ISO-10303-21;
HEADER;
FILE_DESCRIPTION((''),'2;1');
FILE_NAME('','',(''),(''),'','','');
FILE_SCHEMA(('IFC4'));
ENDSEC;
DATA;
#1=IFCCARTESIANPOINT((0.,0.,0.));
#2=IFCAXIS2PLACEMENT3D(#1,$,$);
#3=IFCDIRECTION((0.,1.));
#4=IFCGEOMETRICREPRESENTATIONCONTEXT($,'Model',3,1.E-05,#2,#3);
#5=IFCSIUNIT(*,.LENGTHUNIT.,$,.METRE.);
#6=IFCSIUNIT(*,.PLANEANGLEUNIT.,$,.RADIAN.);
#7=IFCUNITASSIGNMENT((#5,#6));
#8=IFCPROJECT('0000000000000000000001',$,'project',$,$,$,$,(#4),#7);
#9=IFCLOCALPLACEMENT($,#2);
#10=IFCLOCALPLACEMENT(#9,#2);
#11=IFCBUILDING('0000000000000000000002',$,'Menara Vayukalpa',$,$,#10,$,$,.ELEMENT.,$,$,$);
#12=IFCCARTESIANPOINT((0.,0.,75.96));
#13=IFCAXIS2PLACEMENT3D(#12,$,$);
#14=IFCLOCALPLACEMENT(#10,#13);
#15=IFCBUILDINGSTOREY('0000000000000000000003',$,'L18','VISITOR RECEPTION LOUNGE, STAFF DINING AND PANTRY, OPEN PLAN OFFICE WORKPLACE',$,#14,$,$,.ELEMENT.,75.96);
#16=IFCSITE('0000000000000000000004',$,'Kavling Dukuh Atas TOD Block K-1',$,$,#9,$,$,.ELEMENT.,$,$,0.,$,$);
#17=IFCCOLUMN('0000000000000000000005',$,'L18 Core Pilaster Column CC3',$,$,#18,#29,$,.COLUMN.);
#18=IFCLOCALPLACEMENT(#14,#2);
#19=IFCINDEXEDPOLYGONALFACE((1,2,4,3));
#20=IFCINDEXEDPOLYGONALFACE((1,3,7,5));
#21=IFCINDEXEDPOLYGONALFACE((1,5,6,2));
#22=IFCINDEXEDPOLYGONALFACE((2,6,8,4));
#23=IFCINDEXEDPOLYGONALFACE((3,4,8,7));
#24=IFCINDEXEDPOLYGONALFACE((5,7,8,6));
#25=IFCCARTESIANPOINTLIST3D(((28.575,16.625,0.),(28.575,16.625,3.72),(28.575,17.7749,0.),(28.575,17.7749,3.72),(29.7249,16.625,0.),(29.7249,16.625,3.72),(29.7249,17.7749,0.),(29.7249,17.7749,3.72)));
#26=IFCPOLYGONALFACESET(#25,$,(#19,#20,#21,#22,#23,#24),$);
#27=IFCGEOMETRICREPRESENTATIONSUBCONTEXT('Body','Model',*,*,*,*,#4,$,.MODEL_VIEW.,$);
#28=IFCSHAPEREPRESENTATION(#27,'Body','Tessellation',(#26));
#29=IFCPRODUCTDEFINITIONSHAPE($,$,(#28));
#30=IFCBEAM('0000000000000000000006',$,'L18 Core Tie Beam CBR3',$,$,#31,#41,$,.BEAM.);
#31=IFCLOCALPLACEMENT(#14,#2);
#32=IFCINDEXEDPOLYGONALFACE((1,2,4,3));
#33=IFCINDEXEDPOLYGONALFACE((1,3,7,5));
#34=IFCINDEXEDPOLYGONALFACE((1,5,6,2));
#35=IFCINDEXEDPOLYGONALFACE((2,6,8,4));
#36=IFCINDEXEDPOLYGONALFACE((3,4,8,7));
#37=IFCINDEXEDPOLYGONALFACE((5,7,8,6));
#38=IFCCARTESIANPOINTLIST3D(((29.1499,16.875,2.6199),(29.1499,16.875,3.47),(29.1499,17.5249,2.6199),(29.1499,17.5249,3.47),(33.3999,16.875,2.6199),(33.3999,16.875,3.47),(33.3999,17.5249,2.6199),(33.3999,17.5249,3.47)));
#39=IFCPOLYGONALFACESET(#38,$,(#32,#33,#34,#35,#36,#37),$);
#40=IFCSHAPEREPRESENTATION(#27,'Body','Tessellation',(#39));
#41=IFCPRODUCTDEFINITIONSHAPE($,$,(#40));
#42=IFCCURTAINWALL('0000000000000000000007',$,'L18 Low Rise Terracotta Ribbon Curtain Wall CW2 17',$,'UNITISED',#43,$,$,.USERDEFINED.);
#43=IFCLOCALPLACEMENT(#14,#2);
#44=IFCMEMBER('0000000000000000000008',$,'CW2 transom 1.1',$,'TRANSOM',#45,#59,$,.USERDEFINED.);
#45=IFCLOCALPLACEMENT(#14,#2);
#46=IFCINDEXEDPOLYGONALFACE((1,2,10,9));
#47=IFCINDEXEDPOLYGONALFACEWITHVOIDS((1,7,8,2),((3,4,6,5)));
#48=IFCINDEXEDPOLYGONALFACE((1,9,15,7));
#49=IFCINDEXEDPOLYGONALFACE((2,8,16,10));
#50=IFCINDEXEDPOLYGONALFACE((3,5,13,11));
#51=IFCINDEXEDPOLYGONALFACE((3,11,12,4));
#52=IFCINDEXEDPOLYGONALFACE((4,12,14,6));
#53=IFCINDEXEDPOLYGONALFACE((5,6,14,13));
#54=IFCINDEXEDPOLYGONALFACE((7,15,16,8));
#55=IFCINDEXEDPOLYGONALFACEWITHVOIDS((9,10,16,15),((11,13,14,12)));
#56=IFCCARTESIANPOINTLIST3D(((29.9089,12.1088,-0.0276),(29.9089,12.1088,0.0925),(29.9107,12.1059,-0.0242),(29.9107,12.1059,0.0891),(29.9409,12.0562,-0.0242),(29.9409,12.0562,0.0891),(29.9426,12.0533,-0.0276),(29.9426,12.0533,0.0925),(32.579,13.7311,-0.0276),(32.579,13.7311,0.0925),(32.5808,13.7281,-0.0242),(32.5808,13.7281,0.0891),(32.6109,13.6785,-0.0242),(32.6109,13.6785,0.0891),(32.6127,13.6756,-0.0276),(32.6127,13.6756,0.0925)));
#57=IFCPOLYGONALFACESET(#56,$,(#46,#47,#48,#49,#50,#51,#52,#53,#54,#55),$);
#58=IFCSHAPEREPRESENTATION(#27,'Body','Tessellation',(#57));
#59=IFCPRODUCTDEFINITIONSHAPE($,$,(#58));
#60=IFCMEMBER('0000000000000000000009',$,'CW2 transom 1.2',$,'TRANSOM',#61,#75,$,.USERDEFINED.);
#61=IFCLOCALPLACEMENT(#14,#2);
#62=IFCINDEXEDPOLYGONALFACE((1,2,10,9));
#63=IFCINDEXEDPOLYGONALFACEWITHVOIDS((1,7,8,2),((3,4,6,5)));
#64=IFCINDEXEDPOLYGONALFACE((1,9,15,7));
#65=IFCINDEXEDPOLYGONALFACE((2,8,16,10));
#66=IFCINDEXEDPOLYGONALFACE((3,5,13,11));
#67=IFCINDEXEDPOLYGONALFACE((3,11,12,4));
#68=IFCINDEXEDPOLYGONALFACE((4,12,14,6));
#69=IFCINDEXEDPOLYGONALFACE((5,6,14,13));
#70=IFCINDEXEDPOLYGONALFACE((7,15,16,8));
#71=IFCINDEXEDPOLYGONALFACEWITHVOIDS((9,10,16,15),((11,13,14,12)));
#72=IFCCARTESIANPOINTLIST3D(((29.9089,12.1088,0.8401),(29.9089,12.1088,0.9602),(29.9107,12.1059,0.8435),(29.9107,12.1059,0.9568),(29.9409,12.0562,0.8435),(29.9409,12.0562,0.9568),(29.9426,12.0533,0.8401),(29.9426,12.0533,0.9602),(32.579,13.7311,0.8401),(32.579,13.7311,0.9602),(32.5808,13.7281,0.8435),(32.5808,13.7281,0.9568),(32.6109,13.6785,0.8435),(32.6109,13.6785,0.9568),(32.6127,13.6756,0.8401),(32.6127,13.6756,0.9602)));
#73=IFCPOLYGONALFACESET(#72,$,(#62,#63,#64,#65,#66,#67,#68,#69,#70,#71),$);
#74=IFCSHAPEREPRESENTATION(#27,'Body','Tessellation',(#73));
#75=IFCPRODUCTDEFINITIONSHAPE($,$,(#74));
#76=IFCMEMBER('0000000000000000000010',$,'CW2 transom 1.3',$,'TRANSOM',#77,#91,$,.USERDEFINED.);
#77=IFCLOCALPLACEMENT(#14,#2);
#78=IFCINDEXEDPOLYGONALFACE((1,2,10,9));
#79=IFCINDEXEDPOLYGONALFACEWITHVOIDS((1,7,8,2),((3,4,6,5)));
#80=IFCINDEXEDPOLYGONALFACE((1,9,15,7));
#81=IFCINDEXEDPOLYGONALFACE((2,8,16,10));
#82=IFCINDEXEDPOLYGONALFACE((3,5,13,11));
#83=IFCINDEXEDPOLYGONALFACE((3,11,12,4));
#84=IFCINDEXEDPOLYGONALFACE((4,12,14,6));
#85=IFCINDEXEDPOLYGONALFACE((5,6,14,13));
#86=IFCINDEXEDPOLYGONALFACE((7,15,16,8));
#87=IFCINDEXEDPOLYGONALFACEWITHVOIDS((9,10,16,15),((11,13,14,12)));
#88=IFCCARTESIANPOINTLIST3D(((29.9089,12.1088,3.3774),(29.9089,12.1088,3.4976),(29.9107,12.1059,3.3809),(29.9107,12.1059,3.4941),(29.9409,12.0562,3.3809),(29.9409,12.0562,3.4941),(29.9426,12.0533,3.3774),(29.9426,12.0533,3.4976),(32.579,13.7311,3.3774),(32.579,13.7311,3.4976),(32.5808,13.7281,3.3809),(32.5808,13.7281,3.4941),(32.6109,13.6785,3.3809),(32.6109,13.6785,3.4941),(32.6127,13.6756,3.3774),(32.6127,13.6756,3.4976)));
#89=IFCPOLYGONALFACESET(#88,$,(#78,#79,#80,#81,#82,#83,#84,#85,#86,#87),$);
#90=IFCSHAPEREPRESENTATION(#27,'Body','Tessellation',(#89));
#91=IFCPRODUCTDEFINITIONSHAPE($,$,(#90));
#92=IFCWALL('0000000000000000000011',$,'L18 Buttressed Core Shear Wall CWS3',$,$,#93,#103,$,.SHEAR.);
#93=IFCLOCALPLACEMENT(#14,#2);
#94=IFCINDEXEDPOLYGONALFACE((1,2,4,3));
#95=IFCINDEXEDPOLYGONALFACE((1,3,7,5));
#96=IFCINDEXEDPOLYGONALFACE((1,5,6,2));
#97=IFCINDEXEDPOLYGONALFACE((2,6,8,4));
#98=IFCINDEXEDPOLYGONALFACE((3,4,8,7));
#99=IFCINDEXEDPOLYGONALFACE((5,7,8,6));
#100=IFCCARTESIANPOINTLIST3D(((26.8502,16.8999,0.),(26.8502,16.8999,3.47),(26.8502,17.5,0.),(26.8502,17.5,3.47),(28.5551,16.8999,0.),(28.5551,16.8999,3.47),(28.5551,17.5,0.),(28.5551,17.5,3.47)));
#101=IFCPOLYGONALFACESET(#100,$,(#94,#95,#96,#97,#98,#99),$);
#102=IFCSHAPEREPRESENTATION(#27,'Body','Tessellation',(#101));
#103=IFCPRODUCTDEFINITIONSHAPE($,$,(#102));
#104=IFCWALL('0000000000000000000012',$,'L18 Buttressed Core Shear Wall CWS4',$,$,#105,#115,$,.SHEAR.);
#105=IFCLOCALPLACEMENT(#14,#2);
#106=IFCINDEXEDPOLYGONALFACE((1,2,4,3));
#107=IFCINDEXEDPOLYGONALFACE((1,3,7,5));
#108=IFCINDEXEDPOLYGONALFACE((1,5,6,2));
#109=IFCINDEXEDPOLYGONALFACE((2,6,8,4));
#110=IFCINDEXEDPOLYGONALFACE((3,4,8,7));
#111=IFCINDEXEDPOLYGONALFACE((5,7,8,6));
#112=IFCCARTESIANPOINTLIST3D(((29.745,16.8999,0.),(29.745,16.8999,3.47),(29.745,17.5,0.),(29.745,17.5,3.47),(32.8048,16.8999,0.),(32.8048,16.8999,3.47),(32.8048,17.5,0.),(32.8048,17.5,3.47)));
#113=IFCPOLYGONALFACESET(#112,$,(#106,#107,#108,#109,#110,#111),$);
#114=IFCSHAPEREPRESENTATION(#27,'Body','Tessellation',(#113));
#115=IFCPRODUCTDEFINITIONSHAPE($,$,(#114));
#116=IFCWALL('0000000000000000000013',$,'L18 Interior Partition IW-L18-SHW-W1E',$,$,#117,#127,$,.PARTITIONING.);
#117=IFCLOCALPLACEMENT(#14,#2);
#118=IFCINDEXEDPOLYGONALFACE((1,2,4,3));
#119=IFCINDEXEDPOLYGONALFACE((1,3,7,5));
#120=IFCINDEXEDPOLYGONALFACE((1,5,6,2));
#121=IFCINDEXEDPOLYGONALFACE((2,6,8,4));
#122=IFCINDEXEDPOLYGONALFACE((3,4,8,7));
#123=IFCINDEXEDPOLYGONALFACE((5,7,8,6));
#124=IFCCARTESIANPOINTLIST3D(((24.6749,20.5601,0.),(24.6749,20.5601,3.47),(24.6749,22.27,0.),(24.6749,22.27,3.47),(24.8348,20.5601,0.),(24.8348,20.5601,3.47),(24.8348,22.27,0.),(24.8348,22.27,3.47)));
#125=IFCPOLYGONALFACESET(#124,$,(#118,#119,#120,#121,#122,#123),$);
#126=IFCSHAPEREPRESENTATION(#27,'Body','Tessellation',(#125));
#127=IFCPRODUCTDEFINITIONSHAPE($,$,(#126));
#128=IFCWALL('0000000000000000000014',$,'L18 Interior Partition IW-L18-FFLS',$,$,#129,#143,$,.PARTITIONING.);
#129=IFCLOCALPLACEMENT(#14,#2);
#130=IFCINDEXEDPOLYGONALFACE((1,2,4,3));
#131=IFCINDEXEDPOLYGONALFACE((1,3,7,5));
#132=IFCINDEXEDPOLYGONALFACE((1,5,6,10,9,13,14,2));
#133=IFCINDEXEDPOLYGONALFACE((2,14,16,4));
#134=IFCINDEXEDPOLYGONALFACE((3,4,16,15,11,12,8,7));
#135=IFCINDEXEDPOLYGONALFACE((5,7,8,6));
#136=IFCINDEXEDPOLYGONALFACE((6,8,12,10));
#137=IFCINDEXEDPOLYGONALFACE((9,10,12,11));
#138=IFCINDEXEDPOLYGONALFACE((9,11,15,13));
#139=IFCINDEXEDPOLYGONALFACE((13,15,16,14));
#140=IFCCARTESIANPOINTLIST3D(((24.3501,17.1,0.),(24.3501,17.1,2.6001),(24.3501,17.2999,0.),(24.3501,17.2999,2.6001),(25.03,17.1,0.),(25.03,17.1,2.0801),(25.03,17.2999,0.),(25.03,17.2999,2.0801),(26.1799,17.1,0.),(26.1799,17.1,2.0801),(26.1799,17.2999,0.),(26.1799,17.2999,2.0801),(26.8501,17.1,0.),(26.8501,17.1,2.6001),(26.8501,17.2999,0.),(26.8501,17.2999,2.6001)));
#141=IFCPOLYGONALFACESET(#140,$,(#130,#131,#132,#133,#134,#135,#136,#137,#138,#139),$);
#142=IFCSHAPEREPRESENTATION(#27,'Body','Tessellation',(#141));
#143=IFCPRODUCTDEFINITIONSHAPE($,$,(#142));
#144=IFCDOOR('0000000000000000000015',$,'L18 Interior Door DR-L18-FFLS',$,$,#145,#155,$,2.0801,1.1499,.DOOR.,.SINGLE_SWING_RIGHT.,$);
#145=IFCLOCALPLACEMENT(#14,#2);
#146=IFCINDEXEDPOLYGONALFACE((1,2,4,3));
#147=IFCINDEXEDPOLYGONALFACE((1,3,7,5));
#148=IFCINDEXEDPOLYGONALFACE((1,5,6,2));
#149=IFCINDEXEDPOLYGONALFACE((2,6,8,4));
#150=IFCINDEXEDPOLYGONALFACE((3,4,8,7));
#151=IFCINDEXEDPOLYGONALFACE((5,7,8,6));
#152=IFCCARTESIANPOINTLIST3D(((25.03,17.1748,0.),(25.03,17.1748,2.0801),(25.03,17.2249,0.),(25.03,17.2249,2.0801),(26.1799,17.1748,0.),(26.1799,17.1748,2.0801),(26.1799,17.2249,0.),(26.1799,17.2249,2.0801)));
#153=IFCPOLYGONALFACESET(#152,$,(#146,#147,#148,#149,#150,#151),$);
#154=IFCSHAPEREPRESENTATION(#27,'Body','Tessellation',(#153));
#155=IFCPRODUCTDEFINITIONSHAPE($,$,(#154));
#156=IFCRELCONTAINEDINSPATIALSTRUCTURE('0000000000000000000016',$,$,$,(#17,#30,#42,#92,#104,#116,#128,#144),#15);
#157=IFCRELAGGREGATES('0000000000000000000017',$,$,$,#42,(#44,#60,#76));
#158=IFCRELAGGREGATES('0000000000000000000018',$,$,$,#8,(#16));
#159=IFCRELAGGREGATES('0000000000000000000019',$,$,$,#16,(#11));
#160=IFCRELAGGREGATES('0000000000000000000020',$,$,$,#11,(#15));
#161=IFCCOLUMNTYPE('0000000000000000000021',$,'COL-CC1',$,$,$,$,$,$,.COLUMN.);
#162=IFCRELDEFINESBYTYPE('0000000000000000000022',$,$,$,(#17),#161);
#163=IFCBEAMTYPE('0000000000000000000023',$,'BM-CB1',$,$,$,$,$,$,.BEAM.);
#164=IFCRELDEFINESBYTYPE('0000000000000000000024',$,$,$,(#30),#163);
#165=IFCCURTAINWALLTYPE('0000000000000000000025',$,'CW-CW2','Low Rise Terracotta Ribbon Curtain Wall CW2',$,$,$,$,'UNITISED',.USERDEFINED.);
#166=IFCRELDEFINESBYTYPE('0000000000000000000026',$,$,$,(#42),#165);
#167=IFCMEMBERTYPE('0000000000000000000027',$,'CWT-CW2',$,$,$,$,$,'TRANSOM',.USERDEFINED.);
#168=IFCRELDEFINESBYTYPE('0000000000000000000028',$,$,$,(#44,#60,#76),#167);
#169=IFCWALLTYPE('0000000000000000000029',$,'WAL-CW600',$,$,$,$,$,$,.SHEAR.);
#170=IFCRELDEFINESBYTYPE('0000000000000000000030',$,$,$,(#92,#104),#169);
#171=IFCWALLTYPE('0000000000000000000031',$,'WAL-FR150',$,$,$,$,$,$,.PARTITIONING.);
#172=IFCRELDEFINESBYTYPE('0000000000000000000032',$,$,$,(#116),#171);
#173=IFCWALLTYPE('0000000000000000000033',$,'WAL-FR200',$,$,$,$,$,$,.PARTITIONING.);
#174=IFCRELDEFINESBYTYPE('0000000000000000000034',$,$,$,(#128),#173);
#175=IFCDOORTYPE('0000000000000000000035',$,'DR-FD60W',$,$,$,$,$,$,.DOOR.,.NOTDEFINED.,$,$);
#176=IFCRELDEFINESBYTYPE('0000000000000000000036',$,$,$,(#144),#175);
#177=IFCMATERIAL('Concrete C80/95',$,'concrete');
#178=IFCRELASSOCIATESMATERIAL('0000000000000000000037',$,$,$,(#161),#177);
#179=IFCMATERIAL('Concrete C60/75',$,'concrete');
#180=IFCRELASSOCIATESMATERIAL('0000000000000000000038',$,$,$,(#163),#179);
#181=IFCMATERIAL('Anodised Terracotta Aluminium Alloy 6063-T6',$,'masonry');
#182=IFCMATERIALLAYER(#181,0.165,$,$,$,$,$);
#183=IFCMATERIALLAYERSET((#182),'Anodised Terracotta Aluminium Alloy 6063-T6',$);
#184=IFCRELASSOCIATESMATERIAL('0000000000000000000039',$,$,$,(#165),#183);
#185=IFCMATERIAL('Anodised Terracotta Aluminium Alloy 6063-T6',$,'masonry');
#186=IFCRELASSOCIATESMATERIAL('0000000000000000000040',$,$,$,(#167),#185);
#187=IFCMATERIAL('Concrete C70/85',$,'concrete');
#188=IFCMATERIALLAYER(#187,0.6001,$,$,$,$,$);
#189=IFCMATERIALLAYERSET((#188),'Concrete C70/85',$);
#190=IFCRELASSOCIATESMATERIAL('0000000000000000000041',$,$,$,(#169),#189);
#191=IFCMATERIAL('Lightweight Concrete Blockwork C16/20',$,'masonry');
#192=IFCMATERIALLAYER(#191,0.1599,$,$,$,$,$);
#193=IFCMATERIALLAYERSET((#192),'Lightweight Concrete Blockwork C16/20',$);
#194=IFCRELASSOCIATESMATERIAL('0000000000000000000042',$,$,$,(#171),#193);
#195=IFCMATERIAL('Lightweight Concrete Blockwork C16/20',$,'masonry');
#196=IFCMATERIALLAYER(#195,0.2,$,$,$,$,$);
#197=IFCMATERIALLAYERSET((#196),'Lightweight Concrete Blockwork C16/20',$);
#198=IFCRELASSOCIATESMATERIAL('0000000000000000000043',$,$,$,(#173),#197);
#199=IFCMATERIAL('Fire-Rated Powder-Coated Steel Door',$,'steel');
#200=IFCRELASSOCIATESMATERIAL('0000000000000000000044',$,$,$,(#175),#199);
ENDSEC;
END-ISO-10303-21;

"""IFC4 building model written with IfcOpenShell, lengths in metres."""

from ifc_helpers import new_model, si_unit, direction, frame, frame_2d, origin, origin_2d, place, context, subcontext, project, spatial, rectangle, hollow_rectangle, extrude, material, layer, layer_set, material_profile, profile_set, type_object, element, fill, aggregate, save


model = new_model("IFC4")

# Units and contexts
model_context = context("Model", 3, precision=1e-05, world=origin(), true_north=direction((0.0, 1.0)))
body_context = subcontext(model_context, "Body", "Model", "MODEL_VIEW")
ifc_project = project(units=[si_unit("LENGTHUNIT", "METRE"), si_unit("PLANEANGLEUNIT", "RADIAN")], contexts=[model_context])

# Site, building, storey
site_placement = place(None, origin())
site = spatial("IfcSite", under=ifc_project, at=site_placement, Name="Kavling Dukuh Atas TOD Block K-1", CompositionType="ELEMENT", RefElevation=0.0)
building_placement = place(site_placement, origin())
building = spatial("IfcBuilding", under=site, at=building_placement, Name="Menara Vayukalpa", CompositionType="ELEMENT")
storey_placement = place(building_placement, frame((0.0, 0.0, 75.96)))
storey = spatial("IfcBuildingStorey", under=building, at=storey_placement, Name="L18", Description="VISITOR RECEPTION LOUNGE, STAFF DINING AND PANTRY, OPEN PLAN OFFICE WORKPLACE", CompositionType="ELEMENT", Elevation=75.96)

# Column
ifc_material_1 = material(Name="Concrete C80/95", Category="concrete")
ifc_material_profile_1 = material_profile(ifc_material_1, rectangle(XDim=1.1499, YDim=1.1499, at=origin_2d()), Name="RC 1150x1150")
ifc_profile_set_1 = profile_set([ifc_material_profile_1], Name="Concrete C80/95")
column_type = type_object("IfcColumnType", Name="COL-CC1", PredefinedType="COLUMN", material=ifc_profile_set_1)
column_placement = place(storey_placement, frame((29.1499, 17.2, 0.0), z_axis=(0.0, 0.0, 1.0), x_axis=(1.0, 0.0, 0.0)))
element("IfcColumn", 1, at=column_placement, inside=storey, type_object=column_type, Name="L18 Core Pilaster Column CC3", PredefinedType="COLUMN", context=body_context, shape_type="SweptSolid", body=[
    extrude(rectangle(XDim=1.1499, YDim=1.1499, at=origin_2d()), origin(), (0.0, 0.0, 1.0), 3.72),
])

# Beam
ifc_material_2 = material(Name="Concrete C60/75", Category="concrete")
ifc_material_profile_2 = material_profile(ifc_material_2, rectangle(XDim=0.6499, YDim=0.8501, at=origin_2d()), Name="RC 650x850")
ifc_profile_set_2 = profile_set([ifc_material_profile_2], Name="Concrete C60/75")
beam_type = type_object("IfcBeamType", Name="BM-CB1", PredefinedType="BEAM", material=ifc_profile_set_2)
beam_placement = place(storey_placement, frame((29.1499, 17.2, 3.0449), z_axis=(1.0, 0.0, 0.0), x_axis=(0.0, 1.0, 0.0)))
element("IfcBeam", 2, at=beam_placement, inside=storey, type_object=beam_type, Name="L18 Core Tie Beam CBR3", PredefinedType="BEAM", context=body_context, shape_type="SweptSolid", body=[
    extrude(rectangle(XDim=0.6499, YDim=0.8501, at=origin_2d()), origin(), (0.0, 0.0, 1.0), 4.25),
])

# Curtain wall, members
ifc_material_3 = material(Name="Anodised Terracotta Aluminium Alloy 6063-T6", Category="masonry")
ifc_layer_1 = layer(ifc_material_3, 0.165)
ifc_layer_set_1 = layer_set([ifc_layer_1], Name="Anodised Terracotta Aluminium Alloy 6063-T6")
curtain_wall_type = type_object("IfcCurtainWallType", Name="CW-CW2", Description="Low Rise Terracotta Ribbon Curtain Wall CW2", ElementType="UNITISED", PredefinedType="USERDEFINED", material=ifc_layer_set_1)
curtain_wall_placement = place(storey_placement, origin())
curtain_wall = element("IfcCurtainWall", 3, at=curtain_wall_placement, inside=storey, type_object=curtain_wall_type, Name="L18 Low Rise Terracotta Ribbon Curtain Wall CW2 17", ObjectType="UNITISED", PredefinedType="USERDEFINED")
ifc_material_4 = material(Name="Anodised Terracotta Aluminium Alloy 6063-T6", Category="masonry")
ifc_material_profile_3 = material_profile(ifc_material_4, hollow_rectangle(XDim=0.0649, YDim=0.1201, WallThickness=0.0034, at=origin_2d()), Name="ALU 65x120x3.5")
ifc_profile_set_3 = profile_set([ifc_material_profile_3], Name="Anodised Terracotta Aluminium Alloy 6063-T6")
member_type = type_object("IfcMemberType", Name="CWT-CW2", ElementType="TRANSOM", PredefinedType="USERDEFINED", material=ifc_profile_set_3)
member_1_placement = place(storey_placement, frame((29.9258, 12.0811, 0.0325), z_axis=(0.854625, 0.519245, 0.0), x_axis=(-0.519245, 0.854625, 0.0)))
member_1 = element("IfcMember", 4, at=member_1_placement, type_object=member_type, Name="CW2 transom 1.1", ObjectType="TRANSOM", PredefinedType="USERDEFINED", context=body_context, shape_type="SweptSolid", body=[
    extrude(hollow_rectangle(XDim=0.0649, YDim=0.1201, WallThickness=0.0034, at=origin_2d()), origin(), (0.0, 0.0, 1.0), 3.1243),
])
member_2_placement = place(storey_placement, frame((29.9258, 12.0811, 0.9001), z_axis=(0.854625, 0.519245, 0.0), x_axis=(-0.519245, 0.854625, 0.0)))
member_2 = element("IfcMember", 5, at=member_2_placement, type_object=member_type, Name="CW2 transom 1.2", ObjectType="TRANSOM", PredefinedType="USERDEFINED", context=body_context, shape_type="SweptSolid", body=[
    extrude(hollow_rectangle(XDim=0.0649, YDim=0.1201, WallThickness=0.0034, at=origin_2d()), origin(), (0.0, 0.0, 1.0), 3.1243),
])
member_3_placement = place(storey_placement, frame((29.9258, 12.0811, 3.4375), z_axis=(0.854625, 0.519245, 0.0), x_axis=(-0.519245, 0.854625, 0.0)))
member_3 = element("IfcMember", 6, at=member_3_placement, type_object=member_type, Name="CW2 transom 1.3", ObjectType="TRANSOM", PredefinedType="USERDEFINED", context=body_context, shape_type="SweptSolid", body=[
    extrude(hollow_rectangle(XDim=0.0649, YDim=0.1201, WallThickness=0.0034, at=origin_2d()), origin(), (0.0, 0.0, 1.0), 3.1243),
])
aggregate(curtain_wall, [member_1, member_2, member_3])

# Walls
ifc_material_5 = material(Name="Concrete C70/85", Category="concrete")
ifc_layer_2 = layer(ifc_material_5, 0.6001)
ifc_layer_set_2 = layer_set([ifc_layer_2], Name="Concrete C70/85")
wall_type_1 = type_object("IfcWallType", Name="WAL-CW600", PredefinedType="SHEAR", material=ifc_layer_set_2)
wall_1_placement = place(storey_placement, frame((26.8501, 17.2, 0.0), z_axis=(0.0, 0.0, 1.0), x_axis=(1.0, 0.0, 0.0)))
element("IfcWall", 7, at=wall_1_placement, inside=storey, type_object=wall_type_1, Name="L18 Buttressed Core Shear Wall CWS3", PredefinedType="SHEAR", context=body_context, shape_type="SweptSolid", body=[
    extrude(rectangle(XDim=1.7048, YDim=0.6001, at=frame_2d((0.8525, 0.0))), origin(), (0.0, 0.0, 1.0), 3.47),
])
wall_2_placement = place(storey_placement, frame((29.7451, 17.2, 0.0), z_axis=(0.0, 0.0, 1.0), x_axis=(1.0, 0.0, 0.0)))
element("IfcWall", 8, at=wall_2_placement, inside=storey, type_object=wall_type_1, Name="L18 Buttressed Core Shear Wall CWS4", PredefinedType="SHEAR", context=body_context, shape_type="SweptSolid", body=[
    extrude(rectangle(XDim=3.0598, YDim=0.6001, at=frame_2d((1.5298, 0.0))), origin(), (0.0, 0.0, 1.0), 3.47),
])
ifc_material_6 = material(Name="Lightweight Concrete Blockwork C16/20", Category="masonry")
ifc_layer_3 = layer(ifc_material_6, 0.1599)
ifc_layer_set_3 = layer_set([ifc_layer_3], Name="Lightweight Concrete Blockwork C16/20")
wall_type_2 = type_object("IfcWallType", Name="WAL-FR150", PredefinedType="PARTITIONING", material=ifc_layer_set_3)
wall_3_placement = place(storey_placement, frame((24.7549, 20.5601, 0.0), z_axis=(0.0, 0.0, 1.0), x_axis=(0.0, 1.0, 0.0)))
element("IfcWall", 9, at=wall_3_placement, inside=storey, type_object=wall_type_2, Name="L18 Interior Partition IW-L18-SHW-W1E", PredefinedType="PARTITIONING", context=body_context, shape_type="SweptSolid", body=[
    extrude(rectangle(XDim=1.71, YDim=0.1599, at=frame_2d((0.855, 0.0))), origin(), (0.0, 0.0, 1.0), 3.47),
])

# Wall, opening, door
ifc_material_7 = material(Name="Lightweight Concrete Blockwork C16/20", Category="masonry")
ifc_layer_4 = layer(ifc_material_7, 0.2)
ifc_layer_set_4 = layer_set([ifc_layer_4], Name="Lightweight Concrete Blockwork C16/20")
wall_type_3 = type_object("IfcWallType", Name="WAL-FR200", PredefinedType="PARTITIONING", material=ifc_layer_set_4)
wall_4_placement = place(storey_placement, frame((24.3501, 17.2, 0.0), z_axis=(0.0, 0.0, 1.0), x_axis=(1.0, 0.0, 0.0)))
wall_4 = element("IfcWall", 10, at=wall_4_placement, inside=storey, type_object=wall_type_3, Name="L18 Interior Partition IW-L18-FFLS", PredefinedType="PARTITIONING", context=body_context, shape_type="SweptSolid", body=[
    extrude(rectangle(XDim=2.5, YDim=0.2, at=frame_2d((1.25, 0.0))), origin(), (0.0, 0.0, 1.0), 2.6001),
])
opening_1_placement = place(wall_4_placement, frame((0.6799, 0.0, 0.0)))
opening_1 = element("IfcOpeningElement", 11, at=opening_1_placement, cuts=wall_4, PredefinedType="OPENING", context=body_context, shape_type="SweptSolid", body=[
    extrude(rectangle(XDim=1.1499, YDim=2.0801, at=frame_2d((0.575, 1.04))), frame((0.0, 0.1099, 0.0), z_axis=(0.0, -1.0, 0.0), x_axis=(1.0, 0.0, 0.0)), (0.0, 0.0, 1.0), 0.22),
])
ifc_material_8 = material(Name="Fire-Rated Powder-Coated Steel Door", Category="steel")
door_type_1 = type_object("IfcDoorType", Name="DR-FD60W", OperationType="NOTDEFINED", PredefinedType="DOOR", material=ifc_material_8)
door_1_placement = place(opening_1_placement, origin())
door_1 = element("IfcDoor", 12, at=door_1_placement, inside=storey, type_object=door_type_1, Name="L18 Interior Door DR-L18-FFLS", OperationType="SINGLE_SWING_RIGHT", OverallHeight=2.0801, OverallWidth=1.1499, PredefinedType="DOOR", context=body_context, shape_type="SweptSolid", body=[
    extrude(rectangle(XDim=1.1499, YDim=2.0801, at=frame_2d((0.575, 1.04))), frame((0.0, 0.0249, 0.0), z_axis=(0.0, -1.0, 0.0), x_axis=(1.0, 0.0, 0.0)), (0.0, 0.0, 1.0), 0.05),
])
fill(opening_1, door_1)

save(model, "model.ifc")
